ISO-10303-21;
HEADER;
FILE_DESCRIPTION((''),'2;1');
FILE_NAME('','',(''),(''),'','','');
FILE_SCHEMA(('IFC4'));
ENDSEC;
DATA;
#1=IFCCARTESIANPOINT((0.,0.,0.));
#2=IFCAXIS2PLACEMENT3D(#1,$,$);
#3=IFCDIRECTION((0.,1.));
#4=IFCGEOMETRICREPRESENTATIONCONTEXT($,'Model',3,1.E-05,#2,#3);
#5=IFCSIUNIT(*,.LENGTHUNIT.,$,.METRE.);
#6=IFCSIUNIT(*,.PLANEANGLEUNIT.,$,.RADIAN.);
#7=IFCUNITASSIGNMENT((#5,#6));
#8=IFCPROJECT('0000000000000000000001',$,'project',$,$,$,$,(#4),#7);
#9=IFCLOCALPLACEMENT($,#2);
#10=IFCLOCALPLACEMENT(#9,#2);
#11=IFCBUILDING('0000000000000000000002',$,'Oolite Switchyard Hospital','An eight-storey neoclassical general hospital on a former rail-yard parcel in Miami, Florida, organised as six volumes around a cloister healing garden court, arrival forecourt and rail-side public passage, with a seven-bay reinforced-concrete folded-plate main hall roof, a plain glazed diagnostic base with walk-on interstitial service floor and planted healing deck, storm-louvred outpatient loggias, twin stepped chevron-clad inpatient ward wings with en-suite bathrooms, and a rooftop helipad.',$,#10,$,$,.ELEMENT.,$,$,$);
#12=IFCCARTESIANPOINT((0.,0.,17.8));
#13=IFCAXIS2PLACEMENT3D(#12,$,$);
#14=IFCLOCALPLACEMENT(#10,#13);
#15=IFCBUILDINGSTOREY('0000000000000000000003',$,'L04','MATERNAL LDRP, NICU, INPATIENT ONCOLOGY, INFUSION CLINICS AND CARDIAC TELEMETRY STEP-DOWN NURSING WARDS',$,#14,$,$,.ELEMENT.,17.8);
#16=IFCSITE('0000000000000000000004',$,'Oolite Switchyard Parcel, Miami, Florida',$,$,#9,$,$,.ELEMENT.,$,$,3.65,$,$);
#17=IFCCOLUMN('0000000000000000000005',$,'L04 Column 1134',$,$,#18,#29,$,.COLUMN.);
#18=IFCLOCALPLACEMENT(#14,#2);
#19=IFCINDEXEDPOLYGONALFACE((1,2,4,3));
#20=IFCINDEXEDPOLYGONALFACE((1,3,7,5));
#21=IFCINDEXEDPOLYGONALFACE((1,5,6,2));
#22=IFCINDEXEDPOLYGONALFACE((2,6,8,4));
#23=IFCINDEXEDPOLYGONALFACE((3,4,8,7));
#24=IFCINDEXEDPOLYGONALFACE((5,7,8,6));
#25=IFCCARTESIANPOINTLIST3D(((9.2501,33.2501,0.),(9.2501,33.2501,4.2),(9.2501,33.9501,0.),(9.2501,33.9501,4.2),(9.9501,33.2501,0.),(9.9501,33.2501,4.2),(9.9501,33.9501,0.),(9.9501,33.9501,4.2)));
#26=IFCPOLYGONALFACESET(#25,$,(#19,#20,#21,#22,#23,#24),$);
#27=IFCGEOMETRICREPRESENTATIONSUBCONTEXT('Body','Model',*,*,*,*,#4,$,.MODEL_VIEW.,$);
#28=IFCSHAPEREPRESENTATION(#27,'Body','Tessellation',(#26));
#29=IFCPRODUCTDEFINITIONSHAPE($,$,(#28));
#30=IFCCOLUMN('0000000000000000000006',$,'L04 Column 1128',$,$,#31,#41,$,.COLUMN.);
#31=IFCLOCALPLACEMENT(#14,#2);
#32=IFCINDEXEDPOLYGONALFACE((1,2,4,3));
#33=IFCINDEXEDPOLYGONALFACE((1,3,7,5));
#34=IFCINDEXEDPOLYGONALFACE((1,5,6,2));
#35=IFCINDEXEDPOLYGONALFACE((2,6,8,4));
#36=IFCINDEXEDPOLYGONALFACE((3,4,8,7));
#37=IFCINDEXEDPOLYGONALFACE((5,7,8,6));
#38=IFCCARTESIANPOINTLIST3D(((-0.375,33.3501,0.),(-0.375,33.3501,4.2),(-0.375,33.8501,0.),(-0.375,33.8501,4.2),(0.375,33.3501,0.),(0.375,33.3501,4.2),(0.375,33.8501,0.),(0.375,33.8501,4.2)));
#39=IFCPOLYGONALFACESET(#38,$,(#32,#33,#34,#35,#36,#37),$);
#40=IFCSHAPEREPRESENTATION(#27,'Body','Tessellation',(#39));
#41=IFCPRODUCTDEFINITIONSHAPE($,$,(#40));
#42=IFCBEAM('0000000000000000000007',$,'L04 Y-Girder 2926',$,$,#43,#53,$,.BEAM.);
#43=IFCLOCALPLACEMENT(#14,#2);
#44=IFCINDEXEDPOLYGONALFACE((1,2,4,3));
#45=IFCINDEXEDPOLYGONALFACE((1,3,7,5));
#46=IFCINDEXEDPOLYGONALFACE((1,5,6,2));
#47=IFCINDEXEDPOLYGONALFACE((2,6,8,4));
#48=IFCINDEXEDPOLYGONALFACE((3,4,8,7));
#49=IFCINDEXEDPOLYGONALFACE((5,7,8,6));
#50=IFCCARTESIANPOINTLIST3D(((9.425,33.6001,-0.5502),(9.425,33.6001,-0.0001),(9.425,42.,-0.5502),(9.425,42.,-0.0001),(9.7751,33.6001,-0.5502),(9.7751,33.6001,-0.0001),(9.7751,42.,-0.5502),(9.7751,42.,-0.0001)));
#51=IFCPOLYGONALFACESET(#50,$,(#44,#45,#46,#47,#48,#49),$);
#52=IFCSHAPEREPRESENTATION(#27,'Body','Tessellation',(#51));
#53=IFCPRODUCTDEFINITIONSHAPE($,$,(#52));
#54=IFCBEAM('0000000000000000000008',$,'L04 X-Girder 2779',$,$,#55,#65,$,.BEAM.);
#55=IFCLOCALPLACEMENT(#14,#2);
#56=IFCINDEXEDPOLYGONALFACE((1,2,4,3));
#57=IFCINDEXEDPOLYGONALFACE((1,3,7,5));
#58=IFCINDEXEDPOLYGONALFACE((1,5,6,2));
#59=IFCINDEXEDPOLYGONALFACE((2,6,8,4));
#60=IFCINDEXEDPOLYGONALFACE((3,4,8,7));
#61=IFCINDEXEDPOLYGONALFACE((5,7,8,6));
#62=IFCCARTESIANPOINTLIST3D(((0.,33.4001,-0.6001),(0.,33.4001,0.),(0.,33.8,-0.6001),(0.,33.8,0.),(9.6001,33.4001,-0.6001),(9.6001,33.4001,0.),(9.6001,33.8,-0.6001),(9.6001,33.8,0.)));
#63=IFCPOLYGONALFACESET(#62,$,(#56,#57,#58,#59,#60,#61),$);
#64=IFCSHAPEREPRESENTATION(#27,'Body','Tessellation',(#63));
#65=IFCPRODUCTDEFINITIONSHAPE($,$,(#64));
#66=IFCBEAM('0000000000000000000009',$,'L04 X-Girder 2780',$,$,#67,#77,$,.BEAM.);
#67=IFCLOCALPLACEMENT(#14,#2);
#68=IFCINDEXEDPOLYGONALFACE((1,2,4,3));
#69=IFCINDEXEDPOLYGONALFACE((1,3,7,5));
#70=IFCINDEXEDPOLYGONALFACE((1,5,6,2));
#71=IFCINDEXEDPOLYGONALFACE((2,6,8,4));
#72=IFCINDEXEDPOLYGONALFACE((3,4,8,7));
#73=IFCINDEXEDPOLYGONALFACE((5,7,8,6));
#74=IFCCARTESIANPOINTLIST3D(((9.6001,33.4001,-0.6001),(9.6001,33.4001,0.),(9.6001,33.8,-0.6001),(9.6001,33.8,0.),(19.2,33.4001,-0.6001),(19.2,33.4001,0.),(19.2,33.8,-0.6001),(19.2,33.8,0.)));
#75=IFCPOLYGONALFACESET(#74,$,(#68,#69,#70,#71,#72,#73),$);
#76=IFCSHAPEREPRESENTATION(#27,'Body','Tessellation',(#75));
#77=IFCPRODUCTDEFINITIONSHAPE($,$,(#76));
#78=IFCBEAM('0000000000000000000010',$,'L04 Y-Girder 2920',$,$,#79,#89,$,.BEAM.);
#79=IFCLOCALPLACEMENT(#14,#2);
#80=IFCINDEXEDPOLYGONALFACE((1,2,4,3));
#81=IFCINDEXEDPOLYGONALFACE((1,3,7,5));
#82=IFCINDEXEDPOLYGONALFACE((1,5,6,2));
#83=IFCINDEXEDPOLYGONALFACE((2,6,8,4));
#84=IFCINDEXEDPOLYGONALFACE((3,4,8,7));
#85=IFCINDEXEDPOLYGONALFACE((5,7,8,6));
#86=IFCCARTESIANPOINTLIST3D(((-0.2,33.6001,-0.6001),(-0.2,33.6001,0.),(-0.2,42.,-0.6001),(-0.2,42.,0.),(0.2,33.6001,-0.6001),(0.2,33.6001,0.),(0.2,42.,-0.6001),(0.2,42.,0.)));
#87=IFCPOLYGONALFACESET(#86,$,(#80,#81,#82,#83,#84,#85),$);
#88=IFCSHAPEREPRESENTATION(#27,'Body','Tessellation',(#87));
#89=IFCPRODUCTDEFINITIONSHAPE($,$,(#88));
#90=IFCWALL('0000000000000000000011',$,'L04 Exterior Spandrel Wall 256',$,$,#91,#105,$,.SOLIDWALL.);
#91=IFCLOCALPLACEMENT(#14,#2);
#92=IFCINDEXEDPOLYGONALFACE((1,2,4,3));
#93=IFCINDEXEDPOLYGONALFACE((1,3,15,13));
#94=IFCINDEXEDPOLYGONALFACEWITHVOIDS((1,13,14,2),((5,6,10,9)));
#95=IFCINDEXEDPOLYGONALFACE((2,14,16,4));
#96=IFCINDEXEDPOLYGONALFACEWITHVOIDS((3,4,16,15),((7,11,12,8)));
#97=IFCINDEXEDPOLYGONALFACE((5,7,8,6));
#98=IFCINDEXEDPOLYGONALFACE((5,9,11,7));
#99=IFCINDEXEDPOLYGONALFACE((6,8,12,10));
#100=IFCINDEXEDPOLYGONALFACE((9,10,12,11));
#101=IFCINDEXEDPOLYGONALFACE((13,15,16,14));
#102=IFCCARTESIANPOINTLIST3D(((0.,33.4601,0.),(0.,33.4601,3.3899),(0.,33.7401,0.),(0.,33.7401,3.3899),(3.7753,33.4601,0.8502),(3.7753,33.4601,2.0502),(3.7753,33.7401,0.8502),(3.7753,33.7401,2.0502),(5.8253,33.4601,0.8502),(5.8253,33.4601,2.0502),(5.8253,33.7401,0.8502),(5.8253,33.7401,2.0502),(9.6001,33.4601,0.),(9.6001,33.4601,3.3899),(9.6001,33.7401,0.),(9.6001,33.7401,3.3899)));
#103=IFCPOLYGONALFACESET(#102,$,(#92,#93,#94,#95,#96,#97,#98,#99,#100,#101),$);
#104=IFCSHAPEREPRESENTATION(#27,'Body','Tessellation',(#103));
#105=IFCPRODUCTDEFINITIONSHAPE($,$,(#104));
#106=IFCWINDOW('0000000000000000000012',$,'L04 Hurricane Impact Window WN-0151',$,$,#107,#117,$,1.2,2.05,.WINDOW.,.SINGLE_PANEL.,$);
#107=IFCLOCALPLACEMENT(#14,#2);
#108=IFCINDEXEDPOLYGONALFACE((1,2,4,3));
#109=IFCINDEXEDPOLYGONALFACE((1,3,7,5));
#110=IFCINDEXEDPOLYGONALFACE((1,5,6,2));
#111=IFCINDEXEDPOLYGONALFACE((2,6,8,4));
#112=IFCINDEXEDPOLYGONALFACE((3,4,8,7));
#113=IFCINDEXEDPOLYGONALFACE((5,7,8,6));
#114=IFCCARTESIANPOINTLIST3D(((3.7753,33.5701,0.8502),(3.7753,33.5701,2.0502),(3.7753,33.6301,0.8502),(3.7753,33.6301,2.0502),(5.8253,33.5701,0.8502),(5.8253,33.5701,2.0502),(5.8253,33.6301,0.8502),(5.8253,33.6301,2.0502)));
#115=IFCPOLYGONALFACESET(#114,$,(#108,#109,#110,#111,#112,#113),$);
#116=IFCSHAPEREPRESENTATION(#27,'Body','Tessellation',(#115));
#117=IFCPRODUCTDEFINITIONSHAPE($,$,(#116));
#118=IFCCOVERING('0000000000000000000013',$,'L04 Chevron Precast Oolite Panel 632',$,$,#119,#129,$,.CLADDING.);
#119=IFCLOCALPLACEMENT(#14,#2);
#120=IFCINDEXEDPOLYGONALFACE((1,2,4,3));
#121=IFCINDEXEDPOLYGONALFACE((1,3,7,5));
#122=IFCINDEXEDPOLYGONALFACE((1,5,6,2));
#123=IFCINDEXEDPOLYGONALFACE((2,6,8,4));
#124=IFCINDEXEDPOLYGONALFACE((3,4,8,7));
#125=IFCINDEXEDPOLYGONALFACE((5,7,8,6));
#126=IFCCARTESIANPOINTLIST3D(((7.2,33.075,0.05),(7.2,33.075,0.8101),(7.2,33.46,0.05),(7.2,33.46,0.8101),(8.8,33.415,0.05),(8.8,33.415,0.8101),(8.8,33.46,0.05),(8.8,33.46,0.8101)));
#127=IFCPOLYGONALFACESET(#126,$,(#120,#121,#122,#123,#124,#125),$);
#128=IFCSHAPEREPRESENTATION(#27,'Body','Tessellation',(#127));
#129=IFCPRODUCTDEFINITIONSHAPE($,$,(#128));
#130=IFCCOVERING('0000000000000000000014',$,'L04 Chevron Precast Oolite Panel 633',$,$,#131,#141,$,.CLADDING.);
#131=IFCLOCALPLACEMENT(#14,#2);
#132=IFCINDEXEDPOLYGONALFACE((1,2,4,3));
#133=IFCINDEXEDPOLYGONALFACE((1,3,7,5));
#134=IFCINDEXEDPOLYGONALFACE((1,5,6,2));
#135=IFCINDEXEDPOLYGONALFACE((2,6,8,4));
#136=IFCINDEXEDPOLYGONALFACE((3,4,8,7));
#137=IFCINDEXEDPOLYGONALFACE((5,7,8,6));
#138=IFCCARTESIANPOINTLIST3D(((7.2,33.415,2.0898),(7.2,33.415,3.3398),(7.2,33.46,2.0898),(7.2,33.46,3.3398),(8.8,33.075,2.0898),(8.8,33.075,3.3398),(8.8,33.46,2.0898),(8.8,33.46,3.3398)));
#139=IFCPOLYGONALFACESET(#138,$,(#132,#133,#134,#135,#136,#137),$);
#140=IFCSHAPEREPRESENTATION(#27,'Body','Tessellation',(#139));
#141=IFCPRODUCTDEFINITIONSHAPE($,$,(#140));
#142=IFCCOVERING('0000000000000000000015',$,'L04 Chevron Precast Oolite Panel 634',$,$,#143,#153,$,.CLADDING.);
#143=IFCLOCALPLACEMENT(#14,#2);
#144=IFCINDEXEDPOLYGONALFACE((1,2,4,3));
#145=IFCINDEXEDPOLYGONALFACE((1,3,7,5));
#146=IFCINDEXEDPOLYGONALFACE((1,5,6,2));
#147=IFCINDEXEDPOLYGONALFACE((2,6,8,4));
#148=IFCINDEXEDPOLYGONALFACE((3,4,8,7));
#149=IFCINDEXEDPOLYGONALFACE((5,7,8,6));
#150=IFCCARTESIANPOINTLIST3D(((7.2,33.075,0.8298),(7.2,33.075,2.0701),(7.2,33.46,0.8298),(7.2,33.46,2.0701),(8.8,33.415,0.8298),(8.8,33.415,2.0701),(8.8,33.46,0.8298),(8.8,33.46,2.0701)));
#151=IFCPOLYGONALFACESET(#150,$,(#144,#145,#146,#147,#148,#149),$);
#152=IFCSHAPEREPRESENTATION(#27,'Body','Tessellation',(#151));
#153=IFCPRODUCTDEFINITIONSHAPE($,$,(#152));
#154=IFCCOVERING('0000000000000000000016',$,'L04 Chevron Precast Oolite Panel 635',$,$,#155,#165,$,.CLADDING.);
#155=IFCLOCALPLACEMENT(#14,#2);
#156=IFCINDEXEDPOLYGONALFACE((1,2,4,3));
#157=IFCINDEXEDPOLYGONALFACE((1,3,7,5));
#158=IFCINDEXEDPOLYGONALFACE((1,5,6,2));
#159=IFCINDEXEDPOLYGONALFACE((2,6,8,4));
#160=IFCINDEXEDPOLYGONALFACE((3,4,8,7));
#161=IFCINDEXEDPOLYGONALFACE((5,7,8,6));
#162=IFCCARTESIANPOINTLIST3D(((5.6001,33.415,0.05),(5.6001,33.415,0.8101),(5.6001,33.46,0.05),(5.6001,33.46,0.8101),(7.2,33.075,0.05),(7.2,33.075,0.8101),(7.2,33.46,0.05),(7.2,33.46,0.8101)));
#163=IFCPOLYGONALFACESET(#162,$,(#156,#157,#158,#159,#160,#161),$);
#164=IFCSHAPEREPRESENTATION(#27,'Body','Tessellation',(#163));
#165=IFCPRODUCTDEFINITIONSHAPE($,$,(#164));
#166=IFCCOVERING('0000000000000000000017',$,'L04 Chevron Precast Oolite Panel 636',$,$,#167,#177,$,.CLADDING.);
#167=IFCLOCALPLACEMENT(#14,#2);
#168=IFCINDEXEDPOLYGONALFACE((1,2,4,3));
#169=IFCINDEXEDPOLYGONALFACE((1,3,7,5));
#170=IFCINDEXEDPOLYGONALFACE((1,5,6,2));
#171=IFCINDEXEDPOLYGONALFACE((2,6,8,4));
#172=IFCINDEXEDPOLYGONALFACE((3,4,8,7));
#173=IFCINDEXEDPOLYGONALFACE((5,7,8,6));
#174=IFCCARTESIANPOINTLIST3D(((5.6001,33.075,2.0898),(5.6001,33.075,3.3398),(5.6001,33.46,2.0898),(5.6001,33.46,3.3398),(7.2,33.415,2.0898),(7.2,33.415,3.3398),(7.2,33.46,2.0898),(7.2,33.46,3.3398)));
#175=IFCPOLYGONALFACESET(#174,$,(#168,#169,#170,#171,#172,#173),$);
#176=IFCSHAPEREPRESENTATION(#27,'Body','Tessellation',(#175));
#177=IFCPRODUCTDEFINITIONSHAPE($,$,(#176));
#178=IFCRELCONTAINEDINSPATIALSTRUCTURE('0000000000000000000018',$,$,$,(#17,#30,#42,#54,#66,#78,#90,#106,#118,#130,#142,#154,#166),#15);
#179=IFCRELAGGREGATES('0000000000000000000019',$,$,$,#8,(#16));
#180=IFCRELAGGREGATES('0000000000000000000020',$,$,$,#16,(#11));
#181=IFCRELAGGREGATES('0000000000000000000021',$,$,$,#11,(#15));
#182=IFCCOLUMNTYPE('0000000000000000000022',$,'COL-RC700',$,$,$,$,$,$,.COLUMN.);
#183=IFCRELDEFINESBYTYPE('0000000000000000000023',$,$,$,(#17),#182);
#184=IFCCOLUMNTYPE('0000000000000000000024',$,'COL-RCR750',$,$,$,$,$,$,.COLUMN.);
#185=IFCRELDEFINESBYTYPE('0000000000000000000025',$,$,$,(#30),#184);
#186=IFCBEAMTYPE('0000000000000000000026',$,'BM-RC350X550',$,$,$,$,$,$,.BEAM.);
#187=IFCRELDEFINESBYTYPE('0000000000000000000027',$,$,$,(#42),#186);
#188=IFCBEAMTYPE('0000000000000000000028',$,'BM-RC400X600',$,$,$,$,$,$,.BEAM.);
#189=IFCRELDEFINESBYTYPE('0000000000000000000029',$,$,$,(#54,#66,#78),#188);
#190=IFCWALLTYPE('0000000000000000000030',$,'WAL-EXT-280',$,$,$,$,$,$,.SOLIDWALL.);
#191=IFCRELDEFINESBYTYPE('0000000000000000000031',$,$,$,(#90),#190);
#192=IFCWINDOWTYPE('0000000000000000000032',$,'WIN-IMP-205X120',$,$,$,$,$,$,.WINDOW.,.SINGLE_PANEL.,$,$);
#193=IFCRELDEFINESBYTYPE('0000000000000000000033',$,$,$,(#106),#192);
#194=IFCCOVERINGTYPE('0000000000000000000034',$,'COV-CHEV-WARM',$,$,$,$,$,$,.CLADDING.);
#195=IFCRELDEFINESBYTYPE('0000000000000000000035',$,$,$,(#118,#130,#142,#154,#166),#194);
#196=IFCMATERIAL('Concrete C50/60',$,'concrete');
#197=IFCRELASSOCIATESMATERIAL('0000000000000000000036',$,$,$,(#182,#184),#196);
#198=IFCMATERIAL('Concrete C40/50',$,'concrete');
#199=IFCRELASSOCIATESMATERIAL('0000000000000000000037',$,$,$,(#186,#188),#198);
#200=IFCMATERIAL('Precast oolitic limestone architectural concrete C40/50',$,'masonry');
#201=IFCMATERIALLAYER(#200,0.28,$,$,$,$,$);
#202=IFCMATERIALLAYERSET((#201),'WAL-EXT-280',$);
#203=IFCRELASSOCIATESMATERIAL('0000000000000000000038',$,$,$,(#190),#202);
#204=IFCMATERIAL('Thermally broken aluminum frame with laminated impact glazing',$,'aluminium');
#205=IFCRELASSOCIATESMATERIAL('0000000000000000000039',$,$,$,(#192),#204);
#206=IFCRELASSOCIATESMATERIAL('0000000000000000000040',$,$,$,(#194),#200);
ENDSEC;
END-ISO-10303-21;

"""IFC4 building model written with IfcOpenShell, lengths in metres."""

from ifc_helpers import new_model, si_unit, direction, frame, frame_2d, origin, origin_2d, place, context, subcontext, project, spatial, polyline, rectangle, outline, extrude, material, layer, layer_set, material_profile, profile_set, type_object, element, fill, save


model = new_model("IFC4")

# Units and contexts
model_context = context("Model", 3, precision=1e-05, world=origin(), true_north=direction((0.0, 1.0)))
body_context = subcontext(model_context, "Body", "Model", "MODEL_VIEW")
ifc_project = project(units=[si_unit("LENGTHUNIT", "METRE"), si_unit("PLANEANGLEUNIT", "RADIAN")], contexts=[model_context])

# Site, building, storey
site_placement = place(None, origin())
site = spatial("IfcSite", under=ifc_project, at=site_placement, Name="Oolite Switchyard Parcel, Miami, Florida", CompositionType="ELEMENT", RefElevation=3.65)
building_placement = place(site_placement, origin())
building = spatial("IfcBuilding", under=site, at=building_placement, Name="Oolite Switchyard Hospital", Description="An eight-storey neoclassical general hospital on a former rail-yard parcel in Miami, Florida, organised as six volumes around a cloister healing garden court, arrival forecourt and rail-side public passage, with a seven-bay reinforced-concrete folded-plate main hall roof, a plain glazed diagnostic base with walk-on interstitial service floor and planted healing deck, storm-louvred outpatient loggias, twin stepped chevron-clad inpatient ward wings with en-suite bathrooms, and a rooftop helipad.", CompositionType="ELEMENT")
storey_placement = place(building_placement, frame((0.0, 0.0, 17.8)))
storey = spatial("IfcBuildingStorey", under=building, at=storey_placement, Name="L04", Description="MATERNAL LDRP, NICU, INPATIENT ONCOLOGY, INFUSION CLINICS AND CARDIAC TELEMETRY STEP-DOWN NURSING WARDS", CompositionType="ELEMENT", Elevation=17.8)

# Columns
ifc_material_1 = material(Name="Concrete C50/60", Category="concrete")
ifc_material_profile_1 = material_profile(ifc_material_1, rectangle(XDim=0.7, YDim=0.7, at=origin_2d()), Name="RC700X700")
ifc_profile_set_1 = profile_set([ifc_material_profile_1], Name="Concrete C50/60")
column_type_1 = type_object("IfcColumnType", Name="COL-RC700", PredefinedType="COLUMN", material=ifc_profile_set_1)
column_1_placement = place(storey_placement, frame((9.6001, 33.6001, 0.0), z_axis=(0.0, 0.0, 1.0), x_axis=(1.0, 0.0, 0.0)))
element("IfcColumn", 1, at=column_1_placement, inside=storey, type_object=column_type_1, Name="L04 Column 1134", PredefinedType="COLUMN", context=body_context, shape_type="SweptSolid", body=[
    extrude(rectangle(XDim=0.7, YDim=0.7, at=origin_2d()), origin(), (0.0, 0.0, 1.0), 4.2),
])
ifc_material_profile_2 = material_profile(ifc_material_1, rectangle(XDim=0.75, YDim=0.5, at=origin_2d()), Name="RC750X500")
ifc_profile_set_2 = profile_set([ifc_material_profile_2], Name="Concrete C50/60")
column_type_2 = type_object("IfcColumnType", Name="COL-RCR750", PredefinedType="COLUMN", material=ifc_profile_set_2)
column_2_placement = place(storey_placement, frame((0.0, 33.6001, 0.0), z_axis=(0.0, 0.0, 1.0), x_axis=(1.0, 0.0, 0.0)))
element("IfcColumn", 2, at=column_2_placement, inside=storey, type_object=column_type_2, Name="L04 Column 1128", PredefinedType="COLUMN", context=body_context, shape_type="SweptSolid", body=[
    extrude(rectangle(XDim=0.75, YDim=0.5, at=origin_2d()), origin(), (0.0, 0.0, 1.0), 4.2),
])

# Beams
ifc_material_2 = material(Name="Concrete C40/50", Category="concrete")
ifc_material_profile_3 = material_profile(ifc_material_2, rectangle(XDim=0.3501, YDim=0.55, at=origin_2d()), Name="RCB350X550")
ifc_profile_set_3 = profile_set([ifc_material_profile_3], Name="Concrete C40/50")
beam_type_1 = type_object("IfcBeamType", Name="BM-RC350X550", PredefinedType="BEAM", material=ifc_profile_set_3)
beam_1_placement = place(storey_placement, frame((9.6001, 33.6001, -0.2751), z_axis=(0.0, 1.0, 0.0), x_axis=(-1.0, 0.0, 0.0)))
element("IfcBeam", 3, at=beam_1_placement, inside=storey, type_object=beam_type_1, Name="L04 Y-Girder 2926", PredefinedType="BEAM", context=body_context, shape_type="SweptSolid", body=[
    extrude(rectangle(XDim=0.3501, YDim=0.55, at=origin_2d()), origin(), (0.0, 0.0, 1.0), 8.3999),
])
ifc_material_profile_4 = material_profile(ifc_material_2, rectangle(XDim=0.3999, YDim=0.6001, at=origin_2d()), Name="RCB400X600")
ifc_profile_set_4 = profile_set([ifc_material_profile_4], Name="Concrete C40/50")
beam_type_2 = type_object("IfcBeamType", Name="BM-RC400X600", PredefinedType="BEAM", material=ifc_profile_set_4)
beam_2_placement = place(storey_placement, frame((0.0, 33.6001, -0.3), z_axis=(1.0, 0.0, 0.0), x_axis=(0.0, 1.0, 0.0)))
element("IfcBeam", 4, at=beam_2_placement, inside=storey, type_object=beam_type_2, Name="L04 X-Girder 2779", PredefinedType="BEAM", context=body_context, shape_type="SweptSolid", body=[
    extrude(rectangle(XDim=0.3999, YDim=0.6001, at=origin_2d()), origin(), (0.0, 0.0, 1.0), 9.6001),
])
beam_3_placement = place(storey_placement, frame((9.6001, 33.6001, -0.3), z_axis=(1.0, 0.0, 0.0), x_axis=(0.0, 1.0, 0.0)))
element("IfcBeam", 5, at=beam_3_placement, inside=storey, type_object=beam_type_2, Name="L04 X-Girder 2780", PredefinedType="BEAM", context=body_context, shape_type="SweptSolid", body=[
    extrude(rectangle(XDim=0.3999, YDim=0.6001, at=origin_2d()), origin(), (0.0, 0.0, 1.0), 9.5999),
])
beam_4_placement = place(storey_placement, frame((0.0, 33.6001, -0.3), z_axis=(0.0, 1.0, 0.0), x_axis=(-1.0, 0.0, 0.0)))
element("IfcBeam", 6, at=beam_4_placement, inside=storey, type_object=beam_type_2, Name="L04 Y-Girder 2920", PredefinedType="BEAM", context=body_context, shape_type="SweptSolid", body=[
    extrude(rectangle(XDim=0.3999, YDim=0.6001, at=origin_2d()), origin(), (0.0, 0.0, 1.0), 8.3999),
])

# Wall, opening, window
ifc_material_3 = material(Name="Precast oolitic limestone architectural concrete C40/50", Category="masonry")
ifc_layer = layer(ifc_material_3, 0.28)
ifc_layer_set = layer_set([ifc_layer], Name="WAL-EXT-280")
wall_type = type_object("IfcWallType", Name="WAL-EXT-280", PredefinedType="SOLIDWALL", material=ifc_layer_set)
wall_placement = place(storey_placement, frame((9.6001, 33.6001, 0.0), z_axis=(0.0, 0.0, 1.0), x_axis=(-1.0, 0.0, 0.0)))
wall = element("IfcWall", 7, at=wall_placement, inside=storey, type_object=wall_type, Name="L04 Exterior Spandrel Wall 256", PredefinedType="SOLIDWALL", context=body_context, shape_type="SweptSolid", body=[
    extrude(rectangle(XDim=9.6001, YDim=0.28, at=frame_2d((4.8, 0.0))), origin(), (0.0, 0.0, 1.0), 3.3899),
])
opening_placement = place(wall_placement, frame((3.7749, 0.0, 0.8501)))
opening = element("IfcOpeningElement", 8, at=opening_placement, cuts=wall, PredefinedType="OPENING", context=body_context, shape_type="SweptSolid", body=[
    extrude(rectangle(XDim=2.05, YDim=1.2, at=frame_2d((1.0249, 0.6001))), frame((0.0, 0.1499, 0.0), z_axis=(0.0, -1.0, 0.0), x_axis=(1.0, 0.0, 0.0)), (0.0, 0.0, 1.0), 0.3),
])
ifc_material_4 = material(Name="Thermally broken aluminum frame with laminated impact glazing", Category="aluminium")
window_type = type_object("IfcWindowType", Name="WIN-IMP-205X120", PartitioningType="SINGLE_PANEL", PredefinedType="WINDOW", material=ifc_material_4)
window_placement = place(opening_placement, origin())
window = element("IfcWindow", 9, at=window_placement, inside=storey, type_object=window_type, Name="L04 Hurricane Impact Window WN-0151", OverallHeight=1.2, OverallWidth=2.05, PartitioningType="SINGLE_PANEL", PredefinedType="WINDOW", context=body_context, shape_type="SweptSolid", body=[
    extrude(rectangle(XDim=2.05, YDim=1.2, at=frame_2d((1.0249, 0.6001))), frame((0.0, 0.03, 0.0), z_axis=(0.0, -1.0, 0.0), x_axis=(1.0, 0.0, 0.0)), (0.0, 0.0, 1.0), 0.0601),
])
fill(opening, window)

# Coverings
covering_type = type_object("IfcCoveringType", Name="COV-CHEV-WARM", PredefinedType="CLADDING", material=ifc_material_3)
covering_1_placement = place(storey_placement, frame((8.8, 33.46, 0.05), z_axis=(0.0, 0.0, 1.0), x_axis=(-1.0, 0.0, 0.0)))
element("IfcCovering", 10, at=covering_1_placement, inside=storey, type_object=covering_type, Name="L04 Chevron Precast Oolite Panel 632", PredefinedType="CLADDING", context=body_context, shape_type="SweptSolid", body=[
    extrude(outline(polyline([(0.0, 0.0), (1.6001, 0.0), (1.6001, 0.385), (0.0, 0.0449), (0.0, 0.0)])), origin(), (0.0, 0.0, 1.0), 0.76),
])
covering_2_placement = place(storey_placement, frame((8.8, 33.46, 2.0898), z_axis=(0.0, 0.0, 1.0), x_axis=(-1.0, 0.0, 0.0)))
element("IfcCovering", 11, at=covering_2_placement, inside=storey, type_object=covering_type, Name="L04 Chevron Precast Oolite Panel 633", PredefinedType="CLADDING", context=body_context, shape_type="SweptSolid", body=[
    extrude(outline(polyline([(0.0, 0.0), (1.6001, 0.0), (1.6001, 0.0449), (0.0, 0.385), (0.0, 0.0)])), origin(), (0.0, 0.0, 1.0), 1.25),
])
covering_3_placement = place(storey_placement, frame((8.8, 33.46, 0.8298), z_axis=(0.0, 0.0, 1.0), x_axis=(-1.0, 0.0, 0.0)))
element("IfcCovering", 12, at=covering_3_placement, inside=storey, type_object=covering_type, Name="L04 Chevron Precast Oolite Panel 634", PredefinedType="CLADDING", context=body_context, shape_type="SweptSolid", body=[
    extrude(outline(polyline([(0.0, 0.0), (1.6001, 0.0), (1.6001, 0.385), (0.0, 0.0449), (0.0, 0.0)])), origin(), (0.0, 0.0, 1.0), 1.2402),
])
covering_4_placement = place(storey_placement, frame((7.2, 33.46, 0.05), z_axis=(0.0, 0.0, 1.0), x_axis=(-1.0, 0.0, 0.0)))
element("IfcCovering", 13, at=covering_4_placement, inside=storey, type_object=covering_type, Name="L04 Chevron Precast Oolite Panel 635", PredefinedType="CLADDING", context=body_context, shape_type="SweptSolid", body=[
    extrude(outline(polyline([(0.0, 0.0), (1.5999, 0.0), (1.5999, 0.0449), (0.0, 0.385), (0.0, 0.0)])), origin(), (0.0, 0.0, 1.0), 0.76),
])
covering_5_placement = place(storey_placement, frame((7.2, 33.46, 2.0898), z_axis=(0.0, 0.0, 1.0), x_axis=(-1.0, 0.0, 0.0)))
element("IfcCovering", 14, at=covering_5_placement, inside=storey, type_object=covering_type, Name="L04 Chevron Precast Oolite Panel 636", PredefinedType="CLADDING", context=body_context, shape_type="SweptSolid", body=[
    extrude(outline(polyline([(0.0, 0.0), (1.5999, 0.0), (1.5999, 0.385), (0.0, 0.0449), (0.0, 0.0)])), origin(), (0.0, 0.0, 1.0), 1.25),
])

save(model, "model.ifc")
